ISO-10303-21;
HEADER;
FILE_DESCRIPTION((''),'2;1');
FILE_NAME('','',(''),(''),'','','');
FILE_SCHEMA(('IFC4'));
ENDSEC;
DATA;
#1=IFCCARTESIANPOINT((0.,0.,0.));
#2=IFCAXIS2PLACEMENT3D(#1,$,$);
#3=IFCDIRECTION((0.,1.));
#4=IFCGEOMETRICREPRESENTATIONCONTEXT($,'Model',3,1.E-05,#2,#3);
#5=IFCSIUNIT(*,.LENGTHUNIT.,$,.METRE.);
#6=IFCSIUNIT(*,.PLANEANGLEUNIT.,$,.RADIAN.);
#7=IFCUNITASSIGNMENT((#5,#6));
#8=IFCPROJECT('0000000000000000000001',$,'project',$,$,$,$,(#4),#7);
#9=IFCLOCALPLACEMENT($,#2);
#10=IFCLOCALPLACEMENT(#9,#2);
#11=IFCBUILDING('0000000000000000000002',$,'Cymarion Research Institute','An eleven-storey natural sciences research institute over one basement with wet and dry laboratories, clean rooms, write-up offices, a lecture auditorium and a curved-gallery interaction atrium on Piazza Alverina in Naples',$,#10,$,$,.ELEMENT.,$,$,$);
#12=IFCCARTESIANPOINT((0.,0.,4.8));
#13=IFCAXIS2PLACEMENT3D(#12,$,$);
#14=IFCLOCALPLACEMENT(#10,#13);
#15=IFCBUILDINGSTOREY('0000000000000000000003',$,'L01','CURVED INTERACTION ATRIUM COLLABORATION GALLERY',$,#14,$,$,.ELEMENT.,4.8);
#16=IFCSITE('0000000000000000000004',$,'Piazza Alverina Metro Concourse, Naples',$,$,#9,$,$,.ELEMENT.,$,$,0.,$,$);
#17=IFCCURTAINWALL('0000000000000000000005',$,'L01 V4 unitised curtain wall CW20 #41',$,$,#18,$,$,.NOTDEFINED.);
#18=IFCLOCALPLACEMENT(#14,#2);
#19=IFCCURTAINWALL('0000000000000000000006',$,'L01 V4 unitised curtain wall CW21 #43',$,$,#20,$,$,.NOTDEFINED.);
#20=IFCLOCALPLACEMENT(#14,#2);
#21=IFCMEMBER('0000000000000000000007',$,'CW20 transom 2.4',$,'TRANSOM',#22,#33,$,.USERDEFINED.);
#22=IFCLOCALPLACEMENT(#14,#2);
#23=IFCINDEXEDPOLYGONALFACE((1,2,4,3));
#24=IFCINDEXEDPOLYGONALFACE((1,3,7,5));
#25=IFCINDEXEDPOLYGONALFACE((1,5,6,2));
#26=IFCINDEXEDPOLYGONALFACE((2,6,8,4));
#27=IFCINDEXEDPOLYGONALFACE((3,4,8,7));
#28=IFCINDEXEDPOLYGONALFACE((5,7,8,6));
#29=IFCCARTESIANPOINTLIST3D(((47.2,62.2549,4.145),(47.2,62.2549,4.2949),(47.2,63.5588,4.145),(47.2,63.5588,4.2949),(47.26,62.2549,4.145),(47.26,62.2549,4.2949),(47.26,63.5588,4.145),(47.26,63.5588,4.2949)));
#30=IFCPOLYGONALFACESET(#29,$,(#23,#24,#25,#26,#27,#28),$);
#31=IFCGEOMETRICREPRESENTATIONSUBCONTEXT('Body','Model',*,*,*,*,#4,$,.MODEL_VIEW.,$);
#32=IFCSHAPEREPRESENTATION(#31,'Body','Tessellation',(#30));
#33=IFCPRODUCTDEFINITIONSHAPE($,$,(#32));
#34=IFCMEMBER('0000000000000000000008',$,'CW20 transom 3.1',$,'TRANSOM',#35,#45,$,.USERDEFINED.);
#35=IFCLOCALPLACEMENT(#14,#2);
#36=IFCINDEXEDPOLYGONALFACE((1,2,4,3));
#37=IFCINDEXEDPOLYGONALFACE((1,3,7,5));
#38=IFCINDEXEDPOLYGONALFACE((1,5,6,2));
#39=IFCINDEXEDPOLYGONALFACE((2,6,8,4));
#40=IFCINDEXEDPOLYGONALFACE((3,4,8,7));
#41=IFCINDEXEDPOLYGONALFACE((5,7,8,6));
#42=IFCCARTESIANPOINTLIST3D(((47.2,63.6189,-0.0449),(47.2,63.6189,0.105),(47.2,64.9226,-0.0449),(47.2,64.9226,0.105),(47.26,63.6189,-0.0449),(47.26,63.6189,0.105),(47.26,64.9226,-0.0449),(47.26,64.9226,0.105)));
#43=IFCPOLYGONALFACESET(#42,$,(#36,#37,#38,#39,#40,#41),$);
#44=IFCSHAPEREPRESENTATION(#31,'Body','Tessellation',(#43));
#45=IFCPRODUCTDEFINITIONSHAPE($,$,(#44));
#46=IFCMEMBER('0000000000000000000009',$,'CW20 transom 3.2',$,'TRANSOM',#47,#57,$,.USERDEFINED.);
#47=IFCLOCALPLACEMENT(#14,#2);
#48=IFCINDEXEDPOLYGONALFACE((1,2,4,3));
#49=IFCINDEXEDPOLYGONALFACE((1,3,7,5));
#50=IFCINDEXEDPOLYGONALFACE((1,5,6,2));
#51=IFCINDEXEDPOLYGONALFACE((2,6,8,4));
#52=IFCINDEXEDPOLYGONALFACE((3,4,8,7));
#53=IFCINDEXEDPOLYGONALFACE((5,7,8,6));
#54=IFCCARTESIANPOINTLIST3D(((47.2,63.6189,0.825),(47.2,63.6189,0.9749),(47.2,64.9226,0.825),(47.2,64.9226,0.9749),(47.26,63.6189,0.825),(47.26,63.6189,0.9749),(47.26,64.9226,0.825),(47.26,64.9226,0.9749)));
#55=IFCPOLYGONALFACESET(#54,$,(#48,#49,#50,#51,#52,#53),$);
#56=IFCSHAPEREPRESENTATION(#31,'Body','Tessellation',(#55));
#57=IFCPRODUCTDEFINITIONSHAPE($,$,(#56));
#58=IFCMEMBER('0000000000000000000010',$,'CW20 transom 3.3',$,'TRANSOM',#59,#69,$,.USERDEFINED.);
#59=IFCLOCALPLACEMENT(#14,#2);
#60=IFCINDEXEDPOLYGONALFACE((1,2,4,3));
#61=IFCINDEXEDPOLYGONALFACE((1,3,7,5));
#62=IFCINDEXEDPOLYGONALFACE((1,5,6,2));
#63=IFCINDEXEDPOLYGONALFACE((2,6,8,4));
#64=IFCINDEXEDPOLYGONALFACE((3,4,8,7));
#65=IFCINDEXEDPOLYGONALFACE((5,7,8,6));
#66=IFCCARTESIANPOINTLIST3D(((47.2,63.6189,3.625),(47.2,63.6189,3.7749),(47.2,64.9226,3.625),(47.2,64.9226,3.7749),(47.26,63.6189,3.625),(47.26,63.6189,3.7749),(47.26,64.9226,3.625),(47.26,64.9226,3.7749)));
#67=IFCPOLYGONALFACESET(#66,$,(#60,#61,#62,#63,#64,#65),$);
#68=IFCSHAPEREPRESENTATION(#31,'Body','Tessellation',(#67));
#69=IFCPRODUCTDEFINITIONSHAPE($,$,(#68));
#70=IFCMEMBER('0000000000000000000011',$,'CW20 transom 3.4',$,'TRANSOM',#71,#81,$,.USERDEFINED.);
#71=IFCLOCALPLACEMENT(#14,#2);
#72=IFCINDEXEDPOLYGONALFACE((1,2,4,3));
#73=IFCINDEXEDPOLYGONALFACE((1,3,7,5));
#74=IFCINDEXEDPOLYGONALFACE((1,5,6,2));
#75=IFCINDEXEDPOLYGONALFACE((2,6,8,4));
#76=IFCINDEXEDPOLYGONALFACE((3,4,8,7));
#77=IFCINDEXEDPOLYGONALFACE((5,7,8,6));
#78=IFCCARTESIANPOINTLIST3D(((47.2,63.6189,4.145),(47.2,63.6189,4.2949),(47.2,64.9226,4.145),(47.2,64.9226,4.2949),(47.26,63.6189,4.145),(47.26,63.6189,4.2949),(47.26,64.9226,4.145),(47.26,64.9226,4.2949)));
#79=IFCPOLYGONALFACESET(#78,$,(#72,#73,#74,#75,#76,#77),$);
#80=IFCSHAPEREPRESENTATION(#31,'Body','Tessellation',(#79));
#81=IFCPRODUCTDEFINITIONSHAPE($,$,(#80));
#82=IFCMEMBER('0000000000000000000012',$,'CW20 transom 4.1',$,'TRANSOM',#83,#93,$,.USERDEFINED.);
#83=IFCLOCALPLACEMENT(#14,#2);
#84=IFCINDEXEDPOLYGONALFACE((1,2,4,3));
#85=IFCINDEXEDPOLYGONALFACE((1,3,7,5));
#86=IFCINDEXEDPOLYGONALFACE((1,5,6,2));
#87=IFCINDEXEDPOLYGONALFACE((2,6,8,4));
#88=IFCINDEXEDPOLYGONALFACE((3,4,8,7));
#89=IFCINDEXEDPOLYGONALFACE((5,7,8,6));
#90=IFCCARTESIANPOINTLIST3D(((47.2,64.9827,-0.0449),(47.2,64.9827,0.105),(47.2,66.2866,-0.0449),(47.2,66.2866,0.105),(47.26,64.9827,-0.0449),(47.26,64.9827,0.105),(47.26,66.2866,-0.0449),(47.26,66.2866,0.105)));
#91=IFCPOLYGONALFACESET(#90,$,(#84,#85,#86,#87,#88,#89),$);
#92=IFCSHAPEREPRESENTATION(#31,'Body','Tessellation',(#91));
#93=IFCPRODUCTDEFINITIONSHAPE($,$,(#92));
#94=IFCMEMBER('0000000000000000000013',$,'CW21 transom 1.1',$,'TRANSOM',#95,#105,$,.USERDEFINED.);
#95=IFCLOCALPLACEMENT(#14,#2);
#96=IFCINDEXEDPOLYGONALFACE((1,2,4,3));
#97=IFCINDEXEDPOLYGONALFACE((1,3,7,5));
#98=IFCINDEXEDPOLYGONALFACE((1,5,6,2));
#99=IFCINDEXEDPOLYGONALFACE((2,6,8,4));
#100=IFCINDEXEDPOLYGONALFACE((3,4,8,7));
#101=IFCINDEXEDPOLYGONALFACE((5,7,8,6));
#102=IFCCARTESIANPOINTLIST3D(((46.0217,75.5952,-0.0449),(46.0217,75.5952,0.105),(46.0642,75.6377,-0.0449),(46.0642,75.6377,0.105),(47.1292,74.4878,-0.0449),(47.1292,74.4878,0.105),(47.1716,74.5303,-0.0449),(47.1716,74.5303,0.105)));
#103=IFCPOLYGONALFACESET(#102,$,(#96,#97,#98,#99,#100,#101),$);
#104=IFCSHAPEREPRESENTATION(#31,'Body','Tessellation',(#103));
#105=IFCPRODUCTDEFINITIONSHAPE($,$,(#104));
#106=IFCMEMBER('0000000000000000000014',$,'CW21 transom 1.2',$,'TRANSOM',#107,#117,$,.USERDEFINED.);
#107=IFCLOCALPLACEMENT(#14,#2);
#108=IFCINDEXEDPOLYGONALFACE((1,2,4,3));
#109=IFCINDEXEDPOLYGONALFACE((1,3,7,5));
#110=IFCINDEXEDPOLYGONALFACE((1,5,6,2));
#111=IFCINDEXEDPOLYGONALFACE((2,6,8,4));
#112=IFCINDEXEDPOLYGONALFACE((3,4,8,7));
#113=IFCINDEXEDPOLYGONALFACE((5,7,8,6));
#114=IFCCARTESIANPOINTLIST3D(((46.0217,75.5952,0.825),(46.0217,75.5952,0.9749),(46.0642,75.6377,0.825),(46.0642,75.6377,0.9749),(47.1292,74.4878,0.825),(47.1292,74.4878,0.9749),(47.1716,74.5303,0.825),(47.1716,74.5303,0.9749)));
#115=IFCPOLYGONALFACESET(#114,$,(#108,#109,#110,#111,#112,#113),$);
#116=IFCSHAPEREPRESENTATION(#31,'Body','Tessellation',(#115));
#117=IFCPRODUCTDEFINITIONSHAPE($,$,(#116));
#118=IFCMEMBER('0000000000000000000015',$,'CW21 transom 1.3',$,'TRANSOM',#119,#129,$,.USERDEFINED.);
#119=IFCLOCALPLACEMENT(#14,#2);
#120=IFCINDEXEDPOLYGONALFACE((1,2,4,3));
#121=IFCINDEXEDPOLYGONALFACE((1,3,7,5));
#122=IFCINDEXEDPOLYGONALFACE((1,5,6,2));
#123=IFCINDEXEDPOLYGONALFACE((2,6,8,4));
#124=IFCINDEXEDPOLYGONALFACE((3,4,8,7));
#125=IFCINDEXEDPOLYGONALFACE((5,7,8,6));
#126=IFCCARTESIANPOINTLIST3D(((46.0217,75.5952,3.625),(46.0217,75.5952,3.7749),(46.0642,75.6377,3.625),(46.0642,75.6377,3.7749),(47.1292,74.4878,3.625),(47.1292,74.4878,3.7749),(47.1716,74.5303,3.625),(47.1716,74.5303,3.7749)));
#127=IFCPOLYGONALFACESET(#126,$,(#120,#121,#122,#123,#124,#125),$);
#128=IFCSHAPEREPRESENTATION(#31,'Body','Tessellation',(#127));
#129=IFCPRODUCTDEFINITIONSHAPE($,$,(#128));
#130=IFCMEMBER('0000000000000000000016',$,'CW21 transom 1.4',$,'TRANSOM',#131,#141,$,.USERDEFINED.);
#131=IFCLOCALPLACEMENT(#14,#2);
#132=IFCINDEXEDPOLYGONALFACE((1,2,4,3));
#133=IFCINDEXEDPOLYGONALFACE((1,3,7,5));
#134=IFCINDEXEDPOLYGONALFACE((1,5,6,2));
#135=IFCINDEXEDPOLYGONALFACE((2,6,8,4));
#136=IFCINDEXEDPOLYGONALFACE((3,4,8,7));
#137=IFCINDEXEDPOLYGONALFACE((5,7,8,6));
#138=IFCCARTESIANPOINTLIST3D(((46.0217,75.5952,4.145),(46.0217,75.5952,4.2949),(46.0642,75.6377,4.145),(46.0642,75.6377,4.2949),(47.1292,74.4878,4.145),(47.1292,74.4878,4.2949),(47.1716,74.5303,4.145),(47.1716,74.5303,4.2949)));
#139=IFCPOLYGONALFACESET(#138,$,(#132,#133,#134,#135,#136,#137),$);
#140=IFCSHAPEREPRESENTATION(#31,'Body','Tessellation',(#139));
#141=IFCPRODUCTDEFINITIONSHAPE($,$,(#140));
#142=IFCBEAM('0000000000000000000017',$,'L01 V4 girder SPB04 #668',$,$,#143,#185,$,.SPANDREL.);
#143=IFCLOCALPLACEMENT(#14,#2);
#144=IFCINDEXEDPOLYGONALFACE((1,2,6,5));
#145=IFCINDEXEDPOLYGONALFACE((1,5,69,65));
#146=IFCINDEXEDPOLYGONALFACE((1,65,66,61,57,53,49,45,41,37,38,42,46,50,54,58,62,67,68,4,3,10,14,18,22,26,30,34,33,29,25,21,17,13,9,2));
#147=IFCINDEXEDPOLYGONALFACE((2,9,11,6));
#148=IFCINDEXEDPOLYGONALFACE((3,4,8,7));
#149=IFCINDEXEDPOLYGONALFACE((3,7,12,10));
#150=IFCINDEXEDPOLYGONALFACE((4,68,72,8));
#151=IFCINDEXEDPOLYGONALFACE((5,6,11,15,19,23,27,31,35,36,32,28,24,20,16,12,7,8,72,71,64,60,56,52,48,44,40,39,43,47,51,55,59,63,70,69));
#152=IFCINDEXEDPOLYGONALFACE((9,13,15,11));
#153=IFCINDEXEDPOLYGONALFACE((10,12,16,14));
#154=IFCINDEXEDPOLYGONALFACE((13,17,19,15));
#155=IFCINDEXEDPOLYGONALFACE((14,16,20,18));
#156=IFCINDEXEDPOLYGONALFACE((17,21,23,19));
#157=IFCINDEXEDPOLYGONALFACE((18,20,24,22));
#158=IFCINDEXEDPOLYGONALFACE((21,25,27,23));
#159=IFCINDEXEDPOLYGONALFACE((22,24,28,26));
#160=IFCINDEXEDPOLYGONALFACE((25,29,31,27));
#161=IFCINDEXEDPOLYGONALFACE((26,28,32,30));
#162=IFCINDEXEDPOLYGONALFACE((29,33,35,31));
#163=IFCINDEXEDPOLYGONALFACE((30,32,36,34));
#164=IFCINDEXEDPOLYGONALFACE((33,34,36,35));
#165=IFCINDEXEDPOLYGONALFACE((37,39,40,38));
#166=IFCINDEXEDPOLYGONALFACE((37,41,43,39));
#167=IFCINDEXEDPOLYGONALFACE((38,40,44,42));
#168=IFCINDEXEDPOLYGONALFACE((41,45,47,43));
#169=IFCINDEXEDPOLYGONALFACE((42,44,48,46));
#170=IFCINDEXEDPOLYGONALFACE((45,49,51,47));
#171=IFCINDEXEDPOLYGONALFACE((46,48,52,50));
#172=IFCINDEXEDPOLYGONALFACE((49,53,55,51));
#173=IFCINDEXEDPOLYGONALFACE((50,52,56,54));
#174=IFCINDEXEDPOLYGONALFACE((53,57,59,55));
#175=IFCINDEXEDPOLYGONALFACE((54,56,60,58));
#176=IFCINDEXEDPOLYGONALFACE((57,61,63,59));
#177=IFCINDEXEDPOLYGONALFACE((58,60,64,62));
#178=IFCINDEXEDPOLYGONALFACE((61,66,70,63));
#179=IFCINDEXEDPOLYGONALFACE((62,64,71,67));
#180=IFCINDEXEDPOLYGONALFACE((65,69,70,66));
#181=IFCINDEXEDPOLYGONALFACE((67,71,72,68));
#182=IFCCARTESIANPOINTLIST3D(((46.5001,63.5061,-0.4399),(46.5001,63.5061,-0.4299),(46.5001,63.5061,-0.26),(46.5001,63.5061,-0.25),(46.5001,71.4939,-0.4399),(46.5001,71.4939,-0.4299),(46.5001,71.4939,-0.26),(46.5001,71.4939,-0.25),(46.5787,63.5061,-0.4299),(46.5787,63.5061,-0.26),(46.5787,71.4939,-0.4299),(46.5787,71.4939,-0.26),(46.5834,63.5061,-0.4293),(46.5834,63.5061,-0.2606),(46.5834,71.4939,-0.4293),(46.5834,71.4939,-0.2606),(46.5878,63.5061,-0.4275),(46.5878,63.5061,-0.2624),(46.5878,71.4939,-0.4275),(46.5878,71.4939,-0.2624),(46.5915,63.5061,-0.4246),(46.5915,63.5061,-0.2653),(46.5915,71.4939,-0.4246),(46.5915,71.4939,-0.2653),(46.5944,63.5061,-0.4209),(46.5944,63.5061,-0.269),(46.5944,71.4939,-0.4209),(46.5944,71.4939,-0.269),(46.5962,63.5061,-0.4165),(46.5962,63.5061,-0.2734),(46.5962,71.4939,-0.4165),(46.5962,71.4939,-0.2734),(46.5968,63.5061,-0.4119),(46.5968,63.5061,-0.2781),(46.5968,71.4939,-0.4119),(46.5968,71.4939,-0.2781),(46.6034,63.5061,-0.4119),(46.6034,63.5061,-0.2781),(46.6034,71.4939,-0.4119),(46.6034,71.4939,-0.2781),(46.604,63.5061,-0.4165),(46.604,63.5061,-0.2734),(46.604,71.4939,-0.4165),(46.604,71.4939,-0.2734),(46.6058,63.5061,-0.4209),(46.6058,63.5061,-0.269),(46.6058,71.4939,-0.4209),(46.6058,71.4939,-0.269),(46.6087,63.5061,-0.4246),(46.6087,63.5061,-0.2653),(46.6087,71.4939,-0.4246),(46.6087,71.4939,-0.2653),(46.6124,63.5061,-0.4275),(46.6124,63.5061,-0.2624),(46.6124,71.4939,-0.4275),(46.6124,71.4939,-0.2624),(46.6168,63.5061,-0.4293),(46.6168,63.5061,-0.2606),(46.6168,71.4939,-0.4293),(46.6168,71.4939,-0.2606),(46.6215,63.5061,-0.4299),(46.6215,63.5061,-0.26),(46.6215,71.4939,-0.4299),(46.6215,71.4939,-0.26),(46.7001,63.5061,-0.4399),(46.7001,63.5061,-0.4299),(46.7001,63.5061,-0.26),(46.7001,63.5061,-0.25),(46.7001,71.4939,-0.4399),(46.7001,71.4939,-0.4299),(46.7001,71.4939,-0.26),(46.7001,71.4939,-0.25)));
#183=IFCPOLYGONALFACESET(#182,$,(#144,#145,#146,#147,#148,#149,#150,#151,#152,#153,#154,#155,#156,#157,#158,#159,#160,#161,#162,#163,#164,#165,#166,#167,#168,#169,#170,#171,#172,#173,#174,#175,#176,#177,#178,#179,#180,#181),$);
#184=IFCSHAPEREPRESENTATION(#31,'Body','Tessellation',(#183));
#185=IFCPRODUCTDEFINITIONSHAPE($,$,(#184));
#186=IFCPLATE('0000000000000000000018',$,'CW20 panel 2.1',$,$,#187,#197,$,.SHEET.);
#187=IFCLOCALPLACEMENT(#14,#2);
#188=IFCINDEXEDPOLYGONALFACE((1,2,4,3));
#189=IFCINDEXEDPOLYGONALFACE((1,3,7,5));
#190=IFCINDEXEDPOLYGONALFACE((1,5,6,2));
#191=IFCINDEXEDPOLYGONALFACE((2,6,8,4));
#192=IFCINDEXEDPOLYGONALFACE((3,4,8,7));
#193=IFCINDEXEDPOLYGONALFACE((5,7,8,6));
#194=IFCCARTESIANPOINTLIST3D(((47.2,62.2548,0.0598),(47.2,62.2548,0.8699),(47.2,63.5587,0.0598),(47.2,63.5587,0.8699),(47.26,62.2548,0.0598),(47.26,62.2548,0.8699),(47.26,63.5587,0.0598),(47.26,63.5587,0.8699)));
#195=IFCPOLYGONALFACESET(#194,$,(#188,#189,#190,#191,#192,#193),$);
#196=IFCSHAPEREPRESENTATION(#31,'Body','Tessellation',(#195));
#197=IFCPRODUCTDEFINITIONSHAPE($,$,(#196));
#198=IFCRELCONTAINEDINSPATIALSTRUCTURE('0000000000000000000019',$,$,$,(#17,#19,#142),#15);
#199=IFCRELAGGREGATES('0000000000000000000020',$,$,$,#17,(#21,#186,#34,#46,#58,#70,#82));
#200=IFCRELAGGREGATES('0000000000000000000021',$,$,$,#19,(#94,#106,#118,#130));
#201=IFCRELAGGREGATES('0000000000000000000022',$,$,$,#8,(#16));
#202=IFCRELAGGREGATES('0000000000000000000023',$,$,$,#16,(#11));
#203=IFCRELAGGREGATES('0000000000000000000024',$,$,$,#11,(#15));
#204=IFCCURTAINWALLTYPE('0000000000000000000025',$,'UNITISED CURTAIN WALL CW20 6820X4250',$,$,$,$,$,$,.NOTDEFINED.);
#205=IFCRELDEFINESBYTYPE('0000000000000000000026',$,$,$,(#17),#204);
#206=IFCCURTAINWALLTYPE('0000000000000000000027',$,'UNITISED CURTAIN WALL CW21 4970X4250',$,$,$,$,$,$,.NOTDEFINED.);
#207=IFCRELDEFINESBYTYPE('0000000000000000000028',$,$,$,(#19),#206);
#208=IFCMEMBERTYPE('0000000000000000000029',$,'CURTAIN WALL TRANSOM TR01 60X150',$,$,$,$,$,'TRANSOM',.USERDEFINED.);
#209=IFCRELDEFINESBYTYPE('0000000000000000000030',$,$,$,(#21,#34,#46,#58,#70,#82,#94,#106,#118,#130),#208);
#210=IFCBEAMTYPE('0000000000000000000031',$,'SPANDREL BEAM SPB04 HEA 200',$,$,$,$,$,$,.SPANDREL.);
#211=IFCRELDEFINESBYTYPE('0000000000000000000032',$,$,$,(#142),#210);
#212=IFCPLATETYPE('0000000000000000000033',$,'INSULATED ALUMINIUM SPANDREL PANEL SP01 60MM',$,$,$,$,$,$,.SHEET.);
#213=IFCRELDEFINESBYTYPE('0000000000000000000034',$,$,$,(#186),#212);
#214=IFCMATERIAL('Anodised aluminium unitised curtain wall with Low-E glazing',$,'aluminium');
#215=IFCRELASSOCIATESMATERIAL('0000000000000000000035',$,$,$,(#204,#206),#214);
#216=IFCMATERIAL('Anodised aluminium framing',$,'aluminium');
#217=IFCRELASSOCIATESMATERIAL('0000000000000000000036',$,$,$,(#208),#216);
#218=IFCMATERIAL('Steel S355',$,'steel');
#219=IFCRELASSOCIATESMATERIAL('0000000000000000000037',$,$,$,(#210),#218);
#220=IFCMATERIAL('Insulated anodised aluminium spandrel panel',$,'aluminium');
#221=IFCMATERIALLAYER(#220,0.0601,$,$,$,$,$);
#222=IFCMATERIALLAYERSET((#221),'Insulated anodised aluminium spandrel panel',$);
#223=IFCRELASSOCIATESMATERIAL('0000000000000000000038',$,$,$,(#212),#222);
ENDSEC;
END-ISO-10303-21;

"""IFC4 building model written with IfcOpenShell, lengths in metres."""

from ifc_helpers import new_model, si_unit, direction, frame, origin, origin_2d, place, context, subcontext, project, spatial, rectangle, i_section, extrude, material, layer, layer_set, material_profile, profile_set, type_object, element, aggregate, save


model = new_model("IFC4")

# Units and contexts
model_context = context("Model", 3, precision=1e-05, world=origin(), true_north=direction((0.0, 1.0)))
body_context = subcontext(model_context, "Body", "Model", "MODEL_VIEW")
ifc_project = project(units=[si_unit("LENGTHUNIT", "METRE"), si_unit("PLANEANGLEUNIT", "RADIAN")], contexts=[model_context])

# Site, building, storey
site_placement = place(None, origin())
site = spatial("IfcSite", under=ifc_project, at=site_placement, Name="Piazza Alverina Metro Concourse, Naples", CompositionType="ELEMENT", RefElevation=0.0)
building_placement = place(site_placement, origin())
building = spatial("IfcBuilding", under=site, at=building_placement, Name="Cymarion Research Institute", Description="An eleven-storey natural sciences research institute over one basement with wet and dry laboratories, clean rooms, write-up offices, a lecture auditorium and a curved-gallery interaction atrium on Piazza Alverina in Naples", CompositionType="ELEMENT")
storey_placement = place(building_placement, frame((0.0, 0.0, 4.8)))
storey = spatial("IfcBuildingStorey", under=building, at=storey_placement, Name="L01", Description="CURVED INTERACTION ATRIUM COLLABORATION GALLERY", CompositionType="ELEMENT", Elevation=4.8)

# Shared definitions
ifc_material_1 = material(Name="Steel S355", Category="steel")

# Curtain wall
ifc_material_2 = material(Name="Anodised aluminium unitised curtain wall with Low-E glazing", Category="aluminium")
curtain_wall_type_1 = type_object("IfcCurtainWallType", Name="UNITISED CURTAIN WALL CW20 6820X4250", PredefinedType="NOTDEFINED", material=ifc_material_2)
curtain_wall_1_placement = place(storey_placement, origin())
curtain_wall_1 = element("IfcCurtainWall", 1, at=curtain_wall_1_placement, inside=storey, type_object=curtain_wall_type_1, Name="L01 V4 unitised curtain wall CW20 #41", PredefinedType="NOTDEFINED")
ifc_material_3 = material(Name="Anodised aluminium framing", Category="aluminium")

# Curtain wall
curtain_wall_type_2 = type_object("IfcCurtainWallType", Name="UNITISED CURTAIN WALL CW21 4970X4250", PredefinedType="NOTDEFINED", material=ifc_material_2)
curtain_wall_2_placement = place(storey_placement, origin())
curtain_wall_2 = element("IfcCurtainWall", 2, at=curtain_wall_2_placement, inside=storey, type_object=curtain_wall_type_2, Name="L01 V4 unitised curtain wall CW21 #43", PredefinedType="NOTDEFINED")

# Members
ifc_material_profile_1 = material_profile(ifc_material_3, rectangle(XDim=0.0601, YDim=0.1499, at=origin_2d()), Name="ALU TRANSOM 60x150")
ifc_profile_set_1 = profile_set([ifc_material_profile_1], Name="Anodised aluminium framing")
member_type_1 = type_object("IfcMemberType", Name="CURTAIN WALL TRANSOM TR01 60X150", ElementType="TRANSOM", PredefinedType="USERDEFINED", material=ifc_profile_set_1)
member_1_placement = place(storey_placement, frame((47.23, 62.2549, 4.22), z_axis=(0.0, 1.0, 0.0), x_axis=(-1.0, 0.0, 0.0)))
member_1 = element("IfcMember", 3, at=member_1_placement, type_object=member_type_1, Name="CW20 transom 2.4", ObjectType="TRANSOM", PredefinedType="USERDEFINED", context=body_context, shape_type="SweptSolid", body=[
    extrude(rectangle(XDim=0.0601, YDim=0.1499, at=origin_2d()), origin(), (0.0, 0.0, 1.0), 1.304),
])
member_2_placement = place(storey_placement, frame((47.23, 63.6189, 0.03), z_axis=(0.0, 1.0, 0.0), x_axis=(-1.0, 0.0, 0.0)))
member_2 = element("IfcMember", 4, at=member_2_placement, type_object=member_type_1, Name="CW20 transom 3.1", ObjectType="TRANSOM", PredefinedType="USERDEFINED", context=body_context, shape_type="SweptSolid", body=[
    extrude(rectangle(XDim=0.0601, YDim=0.1499, at=origin_2d()), origin(), (0.0, 0.0, 1.0), 1.3037),
])
member_3_placement = place(storey_placement, frame((47.23, 63.6189, 0.8999), z_axis=(0.0, 1.0, 0.0), x_axis=(-1.0, 0.0, 0.0)))
member_3 = element("IfcMember", 5, at=member_3_placement, type_object=member_type_1, Name="CW20 transom 3.2", ObjectType="TRANSOM", PredefinedType="USERDEFINED", context=body_context, shape_type="SweptSolid", body=[
    extrude(rectangle(XDim=0.0601, YDim=0.1499, at=origin_2d()), origin(), (0.0, 0.0, 1.0), 1.3037),
])
member_4_placement = place(storey_placement, frame((47.23, 63.6189, 3.7), z_axis=(0.0, 1.0, 0.0), x_axis=(-1.0, 0.0, 0.0)))
member_4 = element("IfcMember", 6, at=member_4_placement, type_object=member_type_1, Name="CW20 transom 3.3", ObjectType="TRANSOM", PredefinedType="USERDEFINED", context=body_context, shape_type="SweptSolid", body=[
    extrude(rectangle(XDim=0.0601, YDim=0.1499, at=origin_2d()), origin(), (0.0, 0.0, 1.0), 1.3037),
])
member_5_placement = place(storey_placement, frame((47.23, 63.6189, 4.22), z_axis=(0.0, 1.0, 0.0), x_axis=(-1.0, 0.0, 0.0)))
member_5 = element("IfcMember", 7, at=member_5_placement, type_object=member_type_1, Name="CW20 transom 3.4", ObjectType="TRANSOM", PredefinedType="USERDEFINED", context=body_context, shape_type="SweptSolid", body=[
    extrude(rectangle(XDim=0.0601, YDim=0.1499, at=origin_2d()), origin(), (0.0, 0.0, 1.0), 1.3037),
])
member_6_placement = place(storey_placement, frame((47.23, 64.9827, 0.03), z_axis=(0.0, 1.0, 0.0), x_axis=(-1.0, 0.0, 0.0)))
member_6 = element("IfcMember", 8, at=member_6_placement, type_object=member_type_1, Name="CW20 transom 4.1", ObjectType="TRANSOM", PredefinedType="USERDEFINED", context=body_context, shape_type="SweptSolid", body=[
    extrude(rectangle(XDim=0.0601, YDim=0.1499, at=origin_2d()), origin(), (0.0, 0.0, 1.0), 1.304),
])
member_7_placement = place(storey_placement, frame((47.1504, 74.509, 0.03), z_axis=(-0.707107, 0.707107, 0.0), x_axis=(-0.707107, -0.707107, 0.0)))
member_7 = element("IfcMember", 9, at=member_7_placement, type_object=member_type_1, Name="CW21 transom 1.1", ObjectType="TRANSOM", PredefinedType="USERDEFINED", context=body_context, shape_type="SweptSolid", body=[
    extrude(rectangle(XDim=0.0601, YDim=0.1499, at=origin_2d()), origin(), (0.0, 0.0, 1.0), 1.5662),
])
member_8_placement = place(storey_placement, frame((47.1504, 74.509, 0.8999), z_axis=(-0.707107, 0.707107, 0.0), x_axis=(-0.707107, -0.707107, 0.0)))
member_8 = element("IfcMember", 10, at=member_8_placement, type_object=member_type_1, Name="CW21 transom 1.2", ObjectType="TRANSOM", PredefinedType="USERDEFINED", context=body_context, shape_type="SweptSolid", body=[
    extrude(rectangle(XDim=0.0601, YDim=0.1499, at=origin_2d()), origin(), (0.0, 0.0, 1.0), 1.5662),
])
member_9_placement = place(storey_placement, frame((47.1504, 74.509, 3.7), z_axis=(-0.707107, 0.707107, 0.0), x_axis=(-0.707107, -0.707107, 0.0)))
member_9 = element("IfcMember", 11, at=member_9_placement, type_object=member_type_1, Name="CW21 transom 1.3", ObjectType="TRANSOM", PredefinedType="USERDEFINED", context=body_context, shape_type="SweptSolid", body=[
    extrude(rectangle(XDim=0.0601, YDim=0.1499, at=origin_2d()), origin(), (0.0, 0.0, 1.0), 1.5662),
])
member_10_placement = place(storey_placement, frame((47.1504, 74.509, 4.22), z_axis=(-0.707107, 0.707107, 0.0), x_axis=(-0.707107, -0.707107, 0.0)))
member_10 = element("IfcMember", 12, at=member_10_placement, type_object=member_type_1, Name="CW21 transom 1.4", ObjectType="TRANSOM", PredefinedType="USERDEFINED", context=body_context, shape_type="SweptSolid", body=[
    extrude(rectangle(XDim=0.0601, YDim=0.1499, at=origin_2d()), origin(), (0.0, 0.0, 1.0), 1.5662),
])

# Beam
ifc_material_profile_2 = material_profile(ifc_material_1, i_section(OverallWidth=0.2, OverallDepth=0.1899, WebThickness=0.0066, FlangeThickness=0.01, FilletRadius=0.0181, at=origin_2d()), Name="HEA 200")
ifc_profile_set_2 = profile_set([ifc_material_profile_2], Name="Steel S355")
beam_type = type_object("IfcBeamType", Name="SPANDREL BEAM SPB04 HEA 200", PredefinedType="SPANDREL", material=ifc_profile_set_2)
beam_placement = place(storey_placement, frame((46.6001, 63.5061, -0.345), z_axis=(0.0, 1.0, 0.0), x_axis=(-1.0, 0.0, 0.0)))
element("IfcBeam", 13, at=beam_placement, inside=storey, type_object=beam_type, Name="L01 V4 girder SPB04 #668", PredefinedType="SPANDREL", context=body_context, shape_type="SweptSolid", body=[
    extrude(i_section(OverallWidth=0.2, OverallDepth=0.1899, WebThickness=0.0066, FlangeThickness=0.01, FilletRadius=0.0181, at=origin_2d()), origin(), (0.0, 0.0, 1.0), 7.9878),
])

# Plate
ifc_material_4 = material(Name="Insulated anodised aluminium spandrel panel", Category="aluminium")
ifc_layer_1 = layer(ifc_material_4, 0.0601)
ifc_layer_set_1 = layer_set([ifc_layer_1], Name="Insulated anodised aluminium spandrel panel")
plate_type_1 = type_object("IfcPlateType", Name="INSULATED ALUMINIUM SPANDREL PANEL SP01 60MM", PredefinedType="SHEET", material=ifc_layer_set_1)
plate_1_placement = place(storey_placement, frame((47.23, 62.9067, 0.0598), z_axis=(0.0, 0.0, 1.0), x_axis=(0.0, 1.0, 0.0)))
plate_1 = element("IfcPlate", 14, at=plate_1_placement, type_object=plate_type_1, Name="CW20 panel 2.1", PredefinedType="SHEET", context=body_context, shape_type="SweptSolid", body=[
    extrude(rectangle(XDim=1.304, YDim=0.0601, at=origin_2d()), origin(), (0.0, 0.0, 1.0), 0.8101),
])
aggregate(curtain_wall_1, [member_1, plate_1, member_2, member_3, member_4, member_5, member_6])
aggregate(curtain_wall_2, [member_7, member_8, member_9, member_10])

save(model, "model.ifc")
